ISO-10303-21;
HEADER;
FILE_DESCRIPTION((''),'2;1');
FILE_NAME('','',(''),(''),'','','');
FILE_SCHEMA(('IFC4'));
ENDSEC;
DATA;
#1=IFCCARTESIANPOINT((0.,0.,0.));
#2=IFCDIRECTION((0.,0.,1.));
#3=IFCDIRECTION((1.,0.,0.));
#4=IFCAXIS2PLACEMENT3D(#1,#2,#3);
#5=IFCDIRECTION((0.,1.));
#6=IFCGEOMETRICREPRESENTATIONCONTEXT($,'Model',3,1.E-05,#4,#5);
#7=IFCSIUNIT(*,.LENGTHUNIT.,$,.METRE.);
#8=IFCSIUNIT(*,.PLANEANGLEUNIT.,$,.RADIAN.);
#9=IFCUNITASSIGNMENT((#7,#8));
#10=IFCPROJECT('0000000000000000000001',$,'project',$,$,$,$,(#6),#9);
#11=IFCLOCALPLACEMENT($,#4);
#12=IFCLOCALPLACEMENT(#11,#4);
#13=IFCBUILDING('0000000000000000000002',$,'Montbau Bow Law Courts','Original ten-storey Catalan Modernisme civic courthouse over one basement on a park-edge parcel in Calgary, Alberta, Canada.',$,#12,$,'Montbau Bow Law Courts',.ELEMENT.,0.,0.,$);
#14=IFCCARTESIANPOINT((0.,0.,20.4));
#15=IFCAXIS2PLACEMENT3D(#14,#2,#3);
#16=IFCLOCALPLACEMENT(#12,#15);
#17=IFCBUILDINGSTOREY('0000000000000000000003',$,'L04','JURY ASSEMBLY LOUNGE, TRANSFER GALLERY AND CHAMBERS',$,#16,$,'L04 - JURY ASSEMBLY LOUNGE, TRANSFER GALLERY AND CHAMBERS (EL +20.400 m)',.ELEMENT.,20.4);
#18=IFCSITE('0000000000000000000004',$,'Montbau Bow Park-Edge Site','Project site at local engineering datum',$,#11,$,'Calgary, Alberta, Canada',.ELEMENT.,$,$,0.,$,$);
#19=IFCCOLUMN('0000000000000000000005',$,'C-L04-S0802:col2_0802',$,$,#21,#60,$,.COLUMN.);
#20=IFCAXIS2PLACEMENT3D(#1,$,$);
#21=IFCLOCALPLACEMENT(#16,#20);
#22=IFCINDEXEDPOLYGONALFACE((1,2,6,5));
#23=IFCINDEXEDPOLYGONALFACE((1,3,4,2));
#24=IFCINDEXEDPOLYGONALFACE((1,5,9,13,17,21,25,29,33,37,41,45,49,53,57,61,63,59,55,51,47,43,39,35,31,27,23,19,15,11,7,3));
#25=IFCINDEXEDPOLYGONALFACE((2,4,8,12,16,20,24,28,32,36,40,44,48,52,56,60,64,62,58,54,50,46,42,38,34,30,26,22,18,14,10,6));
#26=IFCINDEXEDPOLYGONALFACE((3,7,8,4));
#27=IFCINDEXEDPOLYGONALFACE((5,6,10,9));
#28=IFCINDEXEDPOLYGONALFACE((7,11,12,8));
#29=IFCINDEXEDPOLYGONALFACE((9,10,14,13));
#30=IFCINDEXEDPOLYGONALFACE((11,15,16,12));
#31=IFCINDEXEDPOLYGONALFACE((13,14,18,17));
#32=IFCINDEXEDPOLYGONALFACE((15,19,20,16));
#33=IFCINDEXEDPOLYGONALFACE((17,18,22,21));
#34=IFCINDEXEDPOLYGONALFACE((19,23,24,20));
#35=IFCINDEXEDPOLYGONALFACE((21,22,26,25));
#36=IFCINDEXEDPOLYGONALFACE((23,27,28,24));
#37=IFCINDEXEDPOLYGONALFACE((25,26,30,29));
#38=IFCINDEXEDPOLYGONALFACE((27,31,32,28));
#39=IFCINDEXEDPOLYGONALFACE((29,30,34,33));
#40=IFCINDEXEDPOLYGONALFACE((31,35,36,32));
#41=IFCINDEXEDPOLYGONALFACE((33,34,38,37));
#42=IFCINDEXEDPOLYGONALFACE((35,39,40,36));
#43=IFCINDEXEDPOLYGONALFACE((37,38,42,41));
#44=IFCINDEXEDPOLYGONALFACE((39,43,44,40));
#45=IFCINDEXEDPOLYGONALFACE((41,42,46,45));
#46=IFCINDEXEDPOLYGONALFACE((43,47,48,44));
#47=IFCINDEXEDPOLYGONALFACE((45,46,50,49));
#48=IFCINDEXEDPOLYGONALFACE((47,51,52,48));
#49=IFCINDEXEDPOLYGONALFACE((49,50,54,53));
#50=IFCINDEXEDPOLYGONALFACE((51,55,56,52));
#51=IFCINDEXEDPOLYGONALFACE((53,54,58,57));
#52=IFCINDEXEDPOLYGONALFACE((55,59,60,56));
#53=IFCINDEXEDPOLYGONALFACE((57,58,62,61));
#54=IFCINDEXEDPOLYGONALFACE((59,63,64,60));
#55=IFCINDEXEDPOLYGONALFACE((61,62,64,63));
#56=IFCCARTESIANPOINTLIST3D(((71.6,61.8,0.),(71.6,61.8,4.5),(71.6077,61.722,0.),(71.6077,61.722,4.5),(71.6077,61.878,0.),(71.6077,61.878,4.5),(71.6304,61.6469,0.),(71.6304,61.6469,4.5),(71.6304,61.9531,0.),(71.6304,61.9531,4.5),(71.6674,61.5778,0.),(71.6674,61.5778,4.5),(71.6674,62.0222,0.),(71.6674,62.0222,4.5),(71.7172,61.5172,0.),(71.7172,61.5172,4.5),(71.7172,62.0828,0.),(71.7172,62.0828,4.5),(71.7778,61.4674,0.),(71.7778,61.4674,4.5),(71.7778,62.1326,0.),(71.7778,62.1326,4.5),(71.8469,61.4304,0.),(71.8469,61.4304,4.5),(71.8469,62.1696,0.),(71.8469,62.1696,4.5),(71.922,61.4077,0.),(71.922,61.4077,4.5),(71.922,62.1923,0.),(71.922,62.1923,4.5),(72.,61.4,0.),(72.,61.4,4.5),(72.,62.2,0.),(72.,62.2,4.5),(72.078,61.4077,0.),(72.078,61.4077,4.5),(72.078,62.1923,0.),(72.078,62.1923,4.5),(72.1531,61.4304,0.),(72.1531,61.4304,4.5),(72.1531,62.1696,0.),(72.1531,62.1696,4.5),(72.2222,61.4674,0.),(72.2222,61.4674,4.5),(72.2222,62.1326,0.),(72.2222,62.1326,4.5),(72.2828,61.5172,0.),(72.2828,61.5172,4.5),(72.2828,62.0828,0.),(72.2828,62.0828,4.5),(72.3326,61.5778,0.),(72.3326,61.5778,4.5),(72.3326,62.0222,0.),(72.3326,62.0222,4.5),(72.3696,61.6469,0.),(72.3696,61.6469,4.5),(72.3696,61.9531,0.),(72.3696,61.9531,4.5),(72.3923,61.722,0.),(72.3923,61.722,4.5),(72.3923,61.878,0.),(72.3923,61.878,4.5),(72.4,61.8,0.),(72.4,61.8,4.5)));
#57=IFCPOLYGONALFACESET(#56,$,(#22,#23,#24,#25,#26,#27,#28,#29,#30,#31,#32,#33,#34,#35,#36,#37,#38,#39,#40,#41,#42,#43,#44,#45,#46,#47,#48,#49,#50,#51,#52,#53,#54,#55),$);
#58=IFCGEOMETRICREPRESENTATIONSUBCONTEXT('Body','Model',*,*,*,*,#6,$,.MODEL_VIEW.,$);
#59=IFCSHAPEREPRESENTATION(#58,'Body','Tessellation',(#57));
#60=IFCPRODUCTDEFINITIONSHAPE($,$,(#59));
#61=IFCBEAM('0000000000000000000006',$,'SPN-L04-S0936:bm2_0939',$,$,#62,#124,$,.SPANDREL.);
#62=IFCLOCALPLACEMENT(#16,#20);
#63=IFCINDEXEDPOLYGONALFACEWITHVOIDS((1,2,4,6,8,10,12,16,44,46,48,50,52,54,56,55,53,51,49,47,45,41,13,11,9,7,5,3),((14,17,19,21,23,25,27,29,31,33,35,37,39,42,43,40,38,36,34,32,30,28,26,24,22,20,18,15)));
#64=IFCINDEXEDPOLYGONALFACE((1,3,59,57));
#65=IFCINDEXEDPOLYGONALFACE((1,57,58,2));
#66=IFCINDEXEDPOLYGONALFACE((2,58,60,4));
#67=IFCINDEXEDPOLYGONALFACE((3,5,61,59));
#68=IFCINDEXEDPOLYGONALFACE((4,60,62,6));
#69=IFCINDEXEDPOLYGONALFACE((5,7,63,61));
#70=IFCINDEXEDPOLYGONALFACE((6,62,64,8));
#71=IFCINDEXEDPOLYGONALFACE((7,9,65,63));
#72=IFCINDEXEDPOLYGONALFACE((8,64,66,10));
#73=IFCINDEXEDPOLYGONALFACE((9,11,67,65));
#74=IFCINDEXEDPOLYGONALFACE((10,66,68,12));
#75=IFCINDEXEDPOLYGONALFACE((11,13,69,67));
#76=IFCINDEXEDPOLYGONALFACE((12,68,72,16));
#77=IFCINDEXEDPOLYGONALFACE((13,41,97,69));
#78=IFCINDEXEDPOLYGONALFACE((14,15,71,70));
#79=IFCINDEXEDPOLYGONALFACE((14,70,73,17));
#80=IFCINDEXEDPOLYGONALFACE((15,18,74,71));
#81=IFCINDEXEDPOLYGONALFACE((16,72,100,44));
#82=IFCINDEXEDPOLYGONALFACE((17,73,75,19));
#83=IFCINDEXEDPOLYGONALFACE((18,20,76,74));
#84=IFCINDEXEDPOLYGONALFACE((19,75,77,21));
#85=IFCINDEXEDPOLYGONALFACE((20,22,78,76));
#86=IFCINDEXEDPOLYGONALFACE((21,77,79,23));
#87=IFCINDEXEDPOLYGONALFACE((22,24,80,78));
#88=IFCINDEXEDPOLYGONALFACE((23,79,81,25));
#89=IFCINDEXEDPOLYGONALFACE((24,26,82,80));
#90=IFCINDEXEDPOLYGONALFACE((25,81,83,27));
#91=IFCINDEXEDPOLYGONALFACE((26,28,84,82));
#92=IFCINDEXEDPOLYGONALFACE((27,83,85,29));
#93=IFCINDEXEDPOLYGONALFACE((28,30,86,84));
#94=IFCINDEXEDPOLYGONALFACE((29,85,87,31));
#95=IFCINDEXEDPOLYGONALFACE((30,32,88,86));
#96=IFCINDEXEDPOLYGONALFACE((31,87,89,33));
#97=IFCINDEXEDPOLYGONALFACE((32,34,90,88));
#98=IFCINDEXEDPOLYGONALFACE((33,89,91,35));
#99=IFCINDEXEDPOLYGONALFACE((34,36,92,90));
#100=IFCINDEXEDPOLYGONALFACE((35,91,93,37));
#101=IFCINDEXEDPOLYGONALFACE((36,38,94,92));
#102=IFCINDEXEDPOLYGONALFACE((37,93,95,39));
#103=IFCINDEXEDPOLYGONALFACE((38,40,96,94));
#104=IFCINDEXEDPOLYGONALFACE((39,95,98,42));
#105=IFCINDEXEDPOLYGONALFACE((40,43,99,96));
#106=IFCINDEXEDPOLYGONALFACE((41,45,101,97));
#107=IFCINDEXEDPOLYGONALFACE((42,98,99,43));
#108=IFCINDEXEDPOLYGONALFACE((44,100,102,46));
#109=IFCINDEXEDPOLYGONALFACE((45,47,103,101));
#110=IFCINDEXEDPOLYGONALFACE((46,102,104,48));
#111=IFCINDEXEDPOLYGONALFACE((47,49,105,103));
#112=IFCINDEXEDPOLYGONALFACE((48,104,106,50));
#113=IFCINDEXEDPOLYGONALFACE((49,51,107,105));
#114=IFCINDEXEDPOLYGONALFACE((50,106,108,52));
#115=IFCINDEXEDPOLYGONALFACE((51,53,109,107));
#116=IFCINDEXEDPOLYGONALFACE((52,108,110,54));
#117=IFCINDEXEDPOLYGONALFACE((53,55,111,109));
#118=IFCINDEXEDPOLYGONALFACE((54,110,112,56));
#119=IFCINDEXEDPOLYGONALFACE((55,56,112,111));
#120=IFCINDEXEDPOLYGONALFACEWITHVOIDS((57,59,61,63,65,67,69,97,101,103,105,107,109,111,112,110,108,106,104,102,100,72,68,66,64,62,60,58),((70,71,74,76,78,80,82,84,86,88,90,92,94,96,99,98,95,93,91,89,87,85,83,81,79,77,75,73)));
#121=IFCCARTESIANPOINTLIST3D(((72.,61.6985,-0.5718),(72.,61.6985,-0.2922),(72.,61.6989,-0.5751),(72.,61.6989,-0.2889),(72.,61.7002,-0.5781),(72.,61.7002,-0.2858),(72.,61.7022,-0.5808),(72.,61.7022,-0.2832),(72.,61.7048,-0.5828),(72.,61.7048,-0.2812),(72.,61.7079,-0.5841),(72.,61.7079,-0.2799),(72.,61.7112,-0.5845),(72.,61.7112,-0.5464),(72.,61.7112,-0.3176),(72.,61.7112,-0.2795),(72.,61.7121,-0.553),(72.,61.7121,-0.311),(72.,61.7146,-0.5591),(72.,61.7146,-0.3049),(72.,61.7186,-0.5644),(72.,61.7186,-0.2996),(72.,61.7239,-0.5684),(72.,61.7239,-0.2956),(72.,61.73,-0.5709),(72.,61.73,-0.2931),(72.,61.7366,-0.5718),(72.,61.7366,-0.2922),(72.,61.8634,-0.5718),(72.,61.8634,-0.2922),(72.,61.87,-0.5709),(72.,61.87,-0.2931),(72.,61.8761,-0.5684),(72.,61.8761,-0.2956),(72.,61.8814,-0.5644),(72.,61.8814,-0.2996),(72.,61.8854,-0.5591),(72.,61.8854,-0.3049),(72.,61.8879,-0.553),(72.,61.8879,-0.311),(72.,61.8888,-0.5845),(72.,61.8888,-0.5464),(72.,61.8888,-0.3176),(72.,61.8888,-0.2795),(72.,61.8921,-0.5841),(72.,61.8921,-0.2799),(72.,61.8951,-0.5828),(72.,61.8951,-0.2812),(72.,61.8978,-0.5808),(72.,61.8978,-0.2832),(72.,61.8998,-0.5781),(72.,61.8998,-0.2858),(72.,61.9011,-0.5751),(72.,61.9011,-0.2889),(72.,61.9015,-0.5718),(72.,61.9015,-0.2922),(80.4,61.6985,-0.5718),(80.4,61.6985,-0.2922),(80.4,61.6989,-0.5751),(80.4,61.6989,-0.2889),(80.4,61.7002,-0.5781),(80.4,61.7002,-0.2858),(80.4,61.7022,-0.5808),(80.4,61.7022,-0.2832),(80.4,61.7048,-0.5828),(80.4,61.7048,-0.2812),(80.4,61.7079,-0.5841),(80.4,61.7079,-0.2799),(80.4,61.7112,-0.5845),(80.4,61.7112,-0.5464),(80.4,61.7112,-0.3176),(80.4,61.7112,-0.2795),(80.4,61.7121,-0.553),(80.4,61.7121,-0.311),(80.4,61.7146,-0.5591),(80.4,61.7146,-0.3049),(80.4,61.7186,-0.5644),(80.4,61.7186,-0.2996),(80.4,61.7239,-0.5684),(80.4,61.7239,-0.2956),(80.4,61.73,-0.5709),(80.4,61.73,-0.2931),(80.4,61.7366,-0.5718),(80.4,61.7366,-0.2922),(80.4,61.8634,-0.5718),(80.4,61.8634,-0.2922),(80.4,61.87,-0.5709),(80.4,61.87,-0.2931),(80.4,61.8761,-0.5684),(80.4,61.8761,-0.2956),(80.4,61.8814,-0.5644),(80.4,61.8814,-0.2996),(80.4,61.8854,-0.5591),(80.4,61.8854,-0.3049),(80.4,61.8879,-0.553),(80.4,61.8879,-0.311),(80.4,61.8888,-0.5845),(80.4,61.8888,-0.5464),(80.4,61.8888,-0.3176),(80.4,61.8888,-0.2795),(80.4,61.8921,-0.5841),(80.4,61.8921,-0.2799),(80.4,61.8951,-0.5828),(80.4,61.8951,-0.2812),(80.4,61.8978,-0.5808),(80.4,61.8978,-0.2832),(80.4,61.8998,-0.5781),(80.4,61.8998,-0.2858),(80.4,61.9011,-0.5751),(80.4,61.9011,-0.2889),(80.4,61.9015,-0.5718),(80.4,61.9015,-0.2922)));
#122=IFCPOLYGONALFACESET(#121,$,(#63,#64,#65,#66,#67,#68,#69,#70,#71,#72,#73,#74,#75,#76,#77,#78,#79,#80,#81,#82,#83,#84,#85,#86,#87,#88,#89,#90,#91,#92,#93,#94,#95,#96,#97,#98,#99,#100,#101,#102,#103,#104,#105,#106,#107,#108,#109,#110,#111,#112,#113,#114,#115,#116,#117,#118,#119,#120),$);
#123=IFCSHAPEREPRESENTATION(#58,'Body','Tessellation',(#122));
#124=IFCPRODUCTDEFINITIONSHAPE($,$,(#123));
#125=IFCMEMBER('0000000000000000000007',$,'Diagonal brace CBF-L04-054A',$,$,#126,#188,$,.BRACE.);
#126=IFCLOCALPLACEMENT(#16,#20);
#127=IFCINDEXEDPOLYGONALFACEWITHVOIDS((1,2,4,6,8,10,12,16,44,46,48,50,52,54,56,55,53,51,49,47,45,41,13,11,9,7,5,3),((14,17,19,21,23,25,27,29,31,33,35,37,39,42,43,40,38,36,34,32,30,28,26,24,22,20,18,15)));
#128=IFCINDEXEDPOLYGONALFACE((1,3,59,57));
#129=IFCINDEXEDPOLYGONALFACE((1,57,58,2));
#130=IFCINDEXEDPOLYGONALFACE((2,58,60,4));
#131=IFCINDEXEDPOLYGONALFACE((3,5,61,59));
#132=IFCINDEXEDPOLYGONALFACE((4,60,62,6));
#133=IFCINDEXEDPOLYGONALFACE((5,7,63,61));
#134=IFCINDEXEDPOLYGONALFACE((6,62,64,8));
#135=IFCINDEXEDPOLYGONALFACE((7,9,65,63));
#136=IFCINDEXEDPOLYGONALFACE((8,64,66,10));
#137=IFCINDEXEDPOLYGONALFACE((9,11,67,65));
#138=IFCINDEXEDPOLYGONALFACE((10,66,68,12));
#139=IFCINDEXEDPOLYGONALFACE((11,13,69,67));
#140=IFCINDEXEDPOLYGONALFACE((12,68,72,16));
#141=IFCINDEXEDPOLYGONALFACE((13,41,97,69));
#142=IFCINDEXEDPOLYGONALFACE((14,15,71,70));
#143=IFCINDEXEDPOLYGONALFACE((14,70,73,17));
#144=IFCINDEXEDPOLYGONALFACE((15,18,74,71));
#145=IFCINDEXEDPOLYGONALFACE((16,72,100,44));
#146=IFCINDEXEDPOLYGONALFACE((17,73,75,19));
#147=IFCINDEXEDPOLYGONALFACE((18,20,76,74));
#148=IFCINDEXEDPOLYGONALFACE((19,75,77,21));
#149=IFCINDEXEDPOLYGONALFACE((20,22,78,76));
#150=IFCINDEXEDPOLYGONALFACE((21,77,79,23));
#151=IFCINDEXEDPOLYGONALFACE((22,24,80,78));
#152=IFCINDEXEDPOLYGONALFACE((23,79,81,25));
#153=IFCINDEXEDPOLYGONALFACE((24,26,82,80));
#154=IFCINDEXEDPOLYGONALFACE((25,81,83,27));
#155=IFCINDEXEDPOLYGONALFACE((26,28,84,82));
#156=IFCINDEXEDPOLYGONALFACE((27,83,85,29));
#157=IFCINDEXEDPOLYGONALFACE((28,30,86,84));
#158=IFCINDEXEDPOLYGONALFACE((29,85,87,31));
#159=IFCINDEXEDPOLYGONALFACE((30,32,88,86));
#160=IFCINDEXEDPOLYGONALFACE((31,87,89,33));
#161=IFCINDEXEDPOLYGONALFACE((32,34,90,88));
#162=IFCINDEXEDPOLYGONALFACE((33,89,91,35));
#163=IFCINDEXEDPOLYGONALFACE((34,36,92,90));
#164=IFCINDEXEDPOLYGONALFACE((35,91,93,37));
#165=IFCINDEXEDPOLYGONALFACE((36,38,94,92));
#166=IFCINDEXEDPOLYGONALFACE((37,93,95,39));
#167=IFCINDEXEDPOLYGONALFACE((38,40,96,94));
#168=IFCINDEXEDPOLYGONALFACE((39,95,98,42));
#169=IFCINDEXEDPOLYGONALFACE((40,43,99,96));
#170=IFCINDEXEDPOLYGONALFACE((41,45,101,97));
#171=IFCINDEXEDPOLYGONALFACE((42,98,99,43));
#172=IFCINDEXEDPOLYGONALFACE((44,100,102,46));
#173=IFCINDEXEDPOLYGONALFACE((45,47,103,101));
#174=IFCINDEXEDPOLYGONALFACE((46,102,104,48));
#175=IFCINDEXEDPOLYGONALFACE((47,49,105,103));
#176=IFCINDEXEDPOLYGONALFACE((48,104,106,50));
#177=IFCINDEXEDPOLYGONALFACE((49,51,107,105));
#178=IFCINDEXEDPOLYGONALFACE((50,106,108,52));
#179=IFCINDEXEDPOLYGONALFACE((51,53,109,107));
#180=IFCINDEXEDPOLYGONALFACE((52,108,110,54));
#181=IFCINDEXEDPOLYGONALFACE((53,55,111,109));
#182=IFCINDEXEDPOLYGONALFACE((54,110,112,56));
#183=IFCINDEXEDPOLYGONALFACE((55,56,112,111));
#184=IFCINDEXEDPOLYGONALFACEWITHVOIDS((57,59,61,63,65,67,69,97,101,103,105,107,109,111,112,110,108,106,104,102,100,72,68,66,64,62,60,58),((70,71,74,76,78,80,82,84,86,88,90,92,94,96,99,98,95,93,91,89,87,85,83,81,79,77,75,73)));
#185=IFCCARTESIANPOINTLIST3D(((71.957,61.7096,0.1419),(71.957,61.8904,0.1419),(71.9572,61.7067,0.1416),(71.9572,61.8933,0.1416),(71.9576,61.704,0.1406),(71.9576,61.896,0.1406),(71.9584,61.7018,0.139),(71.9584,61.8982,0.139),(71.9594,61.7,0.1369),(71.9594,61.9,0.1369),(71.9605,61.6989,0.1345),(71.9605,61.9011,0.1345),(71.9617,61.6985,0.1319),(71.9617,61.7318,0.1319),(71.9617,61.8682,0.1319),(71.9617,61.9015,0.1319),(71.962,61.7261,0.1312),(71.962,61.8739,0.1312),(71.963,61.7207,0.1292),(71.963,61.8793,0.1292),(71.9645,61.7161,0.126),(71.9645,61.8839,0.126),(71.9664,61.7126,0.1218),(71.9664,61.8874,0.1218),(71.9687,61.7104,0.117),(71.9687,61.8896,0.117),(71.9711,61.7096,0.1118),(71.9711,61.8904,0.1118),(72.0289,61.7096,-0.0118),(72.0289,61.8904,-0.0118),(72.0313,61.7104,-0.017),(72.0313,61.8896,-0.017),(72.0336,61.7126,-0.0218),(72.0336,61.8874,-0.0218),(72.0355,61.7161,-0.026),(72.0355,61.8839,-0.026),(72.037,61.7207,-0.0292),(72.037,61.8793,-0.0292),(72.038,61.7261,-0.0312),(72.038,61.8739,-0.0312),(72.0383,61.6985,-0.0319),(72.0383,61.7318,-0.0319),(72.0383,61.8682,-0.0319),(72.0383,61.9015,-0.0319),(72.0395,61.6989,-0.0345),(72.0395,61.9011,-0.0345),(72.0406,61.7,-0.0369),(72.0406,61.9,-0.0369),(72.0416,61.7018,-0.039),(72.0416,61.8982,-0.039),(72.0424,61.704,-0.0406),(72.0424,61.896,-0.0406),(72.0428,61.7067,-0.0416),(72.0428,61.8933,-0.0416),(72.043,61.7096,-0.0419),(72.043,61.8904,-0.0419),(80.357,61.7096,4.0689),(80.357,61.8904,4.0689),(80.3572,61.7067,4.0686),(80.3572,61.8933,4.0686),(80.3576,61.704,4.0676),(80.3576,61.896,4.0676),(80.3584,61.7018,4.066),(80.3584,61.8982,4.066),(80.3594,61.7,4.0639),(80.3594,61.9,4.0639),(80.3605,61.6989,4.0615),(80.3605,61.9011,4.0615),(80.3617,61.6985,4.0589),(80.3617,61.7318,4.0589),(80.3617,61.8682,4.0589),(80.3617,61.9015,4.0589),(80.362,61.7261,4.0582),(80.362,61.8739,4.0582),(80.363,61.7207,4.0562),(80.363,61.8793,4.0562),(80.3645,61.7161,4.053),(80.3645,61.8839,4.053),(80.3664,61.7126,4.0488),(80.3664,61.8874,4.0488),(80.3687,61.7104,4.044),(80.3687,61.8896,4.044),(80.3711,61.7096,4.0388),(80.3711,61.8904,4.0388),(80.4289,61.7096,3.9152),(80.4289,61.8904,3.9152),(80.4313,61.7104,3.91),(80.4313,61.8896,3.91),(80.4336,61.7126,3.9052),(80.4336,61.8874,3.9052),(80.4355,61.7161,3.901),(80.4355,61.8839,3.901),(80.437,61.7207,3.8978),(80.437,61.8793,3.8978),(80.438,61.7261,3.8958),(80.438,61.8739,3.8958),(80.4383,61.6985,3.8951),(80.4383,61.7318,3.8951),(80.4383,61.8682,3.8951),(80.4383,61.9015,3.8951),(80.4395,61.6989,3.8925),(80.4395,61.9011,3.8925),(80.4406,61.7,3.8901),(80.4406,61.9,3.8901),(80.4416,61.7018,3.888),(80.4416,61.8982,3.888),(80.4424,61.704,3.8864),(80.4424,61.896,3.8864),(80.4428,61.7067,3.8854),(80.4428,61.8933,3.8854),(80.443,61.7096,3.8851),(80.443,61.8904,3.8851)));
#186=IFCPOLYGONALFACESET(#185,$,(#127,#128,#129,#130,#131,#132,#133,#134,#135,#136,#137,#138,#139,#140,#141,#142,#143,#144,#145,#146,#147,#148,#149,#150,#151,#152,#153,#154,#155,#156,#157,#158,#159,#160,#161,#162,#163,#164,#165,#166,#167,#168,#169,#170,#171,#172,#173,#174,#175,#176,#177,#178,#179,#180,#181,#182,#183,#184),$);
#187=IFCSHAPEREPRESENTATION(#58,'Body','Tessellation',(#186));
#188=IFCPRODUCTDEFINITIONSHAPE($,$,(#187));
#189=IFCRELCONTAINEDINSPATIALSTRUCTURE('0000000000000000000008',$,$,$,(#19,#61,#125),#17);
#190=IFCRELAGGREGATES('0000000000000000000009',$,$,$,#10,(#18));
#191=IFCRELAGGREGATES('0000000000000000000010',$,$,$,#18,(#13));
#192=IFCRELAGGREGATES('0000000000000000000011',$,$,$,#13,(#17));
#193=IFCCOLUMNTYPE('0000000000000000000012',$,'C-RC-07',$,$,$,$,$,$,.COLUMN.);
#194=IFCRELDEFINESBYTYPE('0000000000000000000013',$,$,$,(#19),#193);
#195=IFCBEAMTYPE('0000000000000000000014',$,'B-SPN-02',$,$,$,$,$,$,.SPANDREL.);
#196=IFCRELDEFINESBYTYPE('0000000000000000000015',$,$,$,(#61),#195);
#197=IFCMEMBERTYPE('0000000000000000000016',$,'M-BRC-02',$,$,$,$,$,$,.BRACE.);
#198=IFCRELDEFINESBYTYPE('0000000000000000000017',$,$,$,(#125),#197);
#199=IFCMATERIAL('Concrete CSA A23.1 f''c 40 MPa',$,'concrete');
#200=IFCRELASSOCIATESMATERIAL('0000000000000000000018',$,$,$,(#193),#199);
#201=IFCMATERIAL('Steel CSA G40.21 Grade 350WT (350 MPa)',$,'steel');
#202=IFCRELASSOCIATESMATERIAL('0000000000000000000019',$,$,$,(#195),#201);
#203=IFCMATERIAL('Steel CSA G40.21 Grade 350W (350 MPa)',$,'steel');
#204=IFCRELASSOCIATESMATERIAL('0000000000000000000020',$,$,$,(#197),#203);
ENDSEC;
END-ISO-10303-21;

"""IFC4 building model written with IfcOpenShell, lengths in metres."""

from ifc_helpers import new_model, si_unit, direction, frame, origin_with_axes, origin_2d_with_axis, place, context, subcontext, project, spatial, hollow_rectangle, circle, extrude, material, material_profile, profile_set, type_object, element, save


model = new_model("IFC4")

# Units and contexts
model_context = context("Model", 3, precision=1e-05, world=origin_with_axes(), true_north=direction((0.0, 1.0)))
body_context = subcontext(model_context, "Body", "Model", "MODEL_VIEW")
ifc_project = project(units=[si_unit("LENGTHUNIT", "METRE"), si_unit("PLANEANGLEUNIT", "RADIAN")], contexts=[model_context])

# Site, building, storey
site_placement = place(None, origin_with_axes())
site = spatial("IfcSite", under=ifc_project, at=site_placement, Name="Montbau Bow Park-Edge Site", Description="Project site at local engineering datum", LongName="Calgary, Alberta, Canada", CompositionType="ELEMENT", RefElevation=0.0)
building_placement = place(site_placement, origin_with_axes())
building = spatial("IfcBuilding", under=site, at=building_placement, Name="Montbau Bow Law Courts", Description="Original ten-storey Catalan Modernisme civic courthouse over one basement on a park-edge parcel in Calgary, Alberta, Canada.", LongName="Montbau Bow Law Courts", CompositionType="ELEMENT", ElevationOfRefHeight=0.0, ElevationOfTerrain=0.0)
storey_placement = place(building_placement, frame((0.0, 0.0, 20.4), z_axis=(0.0, 0.0, 1.0), x_axis=(1.0, 0.0, 0.0)))
storey = spatial("IfcBuildingStorey", under=building, at=storey_placement, Name="L04", Description="JURY ASSEMBLY LOUNGE, TRANSFER GALLERY AND CHAMBERS", LongName="L04 - JURY ASSEMBLY LOUNGE, TRANSFER GALLERY AND CHAMBERS (EL +20.400 m)", CompositionType="ELEMENT", Elevation=20.4)

# Column
ifc_material_1 = material(Name="Concrete CSA A23.1 f'c 40 MPa", Category="concrete")
ifc_material_profile_1 = material_profile(ifc_material_1, circle(Radius=0.4, at=origin_2d_with_axis()), Name="RC800D", Category="Main", Priority=0)
ifc_profile_set_1 = profile_set([ifc_material_profile_1], Name="Concrete CSA A23.1 f'c 40 MPa")
column_type = type_object("IfcColumnType", Name="C-RC-07", PredefinedType="COLUMN", material=ifc_profile_set_1)
column_placement = place(None, frame((72.0, 61.8, 20.4), z_axis=(0.0, 0.0, 1.0), x_axis=(1.0, 0.0, 0.0)))
element("IfcColumn", 1, at=column_placement, inside=storey, type_object=column_type, Name="C-L04-S0802:col2_0802", PredefinedType="COLUMN", context=body_context, shape_type="SweptSolid", body=[
    extrude(circle(Radius=0.4, at=origin_2d_with_axis()), origin_with_axes(), (0.0, 0.0, 1.0), 4.5),
])

# Beam
ifc_material_2 = material(Name="Steel CSA G40.21 Grade 350WT (350 MPa)", Category="steel")
ifc_material_profile_2 = material_profile(ifc_material_2, hollow_rectangle(XDim=0.203, YDim=0.305, WallThickness=0.0127, InnerFilletRadius=0.0254, OuterFilletRadius=0.0127, at=origin_2d_with_axis()), Name="HSS305X203X13", Category="Main", Priority=0)
ifc_profile_set_2 = profile_set([ifc_material_profile_2], Name="Steel CSA G40.21 Grade 350WT (350 MPa)")
beam_type = type_object("IfcBeamType", Name="B-SPN-02", PredefinedType="SPANDREL", material=ifc_profile_set_2)
beam_placement = place(None, frame((72.0, 61.8, 19.968), z_axis=(1.0, 0.0, 0.0), x_axis=(0.0, 1.0, 0.0)))
element("IfcBeam", 2, at=beam_placement, inside=storey, type_object=beam_type, Name="SPN-L04-S0936:bm2_0939", PredefinedType="SPANDREL", context=body_context, shape_type="SweptSolid", body=[
    extrude(hollow_rectangle(XDim=0.203, YDim=0.305, WallThickness=0.0127, InnerFilletRadius=0.0254, OuterFilletRadius=0.0127, at=origin_2d_with_axis()), origin_with_axes(), (0.0, 0.0, 1.0), 8.4),
])

# Member
ifc_material_3 = material(Name="Steel CSA G40.21 Grade 350W (350 MPa)", Category="steel")
ifc_material_profile_3 = material_profile(ifc_material_3, hollow_rectangle(XDim=0.203, YDim=0.203, WallThickness=0.0111, InnerFilletRadius=0.0222, OuterFilletRadius=0.0111, at=origin_2d_with_axis()), Name="HSS203X203X11", Category="Main", Priority=0)
ifc_profile_set_3 = profile_set([ifc_material_profile_3], Name="Steel CSA G40.21 Grade 350W (350 MPa)")
member_type_1 = type_object("IfcMemberType", Name="M-BRC-02", PredefinedType="BRACE", material=ifc_profile_set_3)
member_1_placement = place(None, frame((72.0, 61.8, 20.45), z_axis=(0.905894, 0.0, 0.423505), x_axis=(0.0, 1.0, 0.0)))
element("IfcMember", 3, at=member_1_placement, inside=storey, type_object=member_type_1, Name="Diagonal brace CBF-L04-054A", PredefinedType="BRACE", context=body_context, shape_type="SweptSolid", body=[
    extrude(hollow_rectangle(XDim=0.203, YDim=0.203, WallThickness=0.0111, InnerFilletRadius=0.0222, OuterFilletRadius=0.0111, at=origin_2d_with_axis()), origin_with_axes(), (0.0, 0.0, 1.0), 9.2726),
])

save(model, "model.ifc")
